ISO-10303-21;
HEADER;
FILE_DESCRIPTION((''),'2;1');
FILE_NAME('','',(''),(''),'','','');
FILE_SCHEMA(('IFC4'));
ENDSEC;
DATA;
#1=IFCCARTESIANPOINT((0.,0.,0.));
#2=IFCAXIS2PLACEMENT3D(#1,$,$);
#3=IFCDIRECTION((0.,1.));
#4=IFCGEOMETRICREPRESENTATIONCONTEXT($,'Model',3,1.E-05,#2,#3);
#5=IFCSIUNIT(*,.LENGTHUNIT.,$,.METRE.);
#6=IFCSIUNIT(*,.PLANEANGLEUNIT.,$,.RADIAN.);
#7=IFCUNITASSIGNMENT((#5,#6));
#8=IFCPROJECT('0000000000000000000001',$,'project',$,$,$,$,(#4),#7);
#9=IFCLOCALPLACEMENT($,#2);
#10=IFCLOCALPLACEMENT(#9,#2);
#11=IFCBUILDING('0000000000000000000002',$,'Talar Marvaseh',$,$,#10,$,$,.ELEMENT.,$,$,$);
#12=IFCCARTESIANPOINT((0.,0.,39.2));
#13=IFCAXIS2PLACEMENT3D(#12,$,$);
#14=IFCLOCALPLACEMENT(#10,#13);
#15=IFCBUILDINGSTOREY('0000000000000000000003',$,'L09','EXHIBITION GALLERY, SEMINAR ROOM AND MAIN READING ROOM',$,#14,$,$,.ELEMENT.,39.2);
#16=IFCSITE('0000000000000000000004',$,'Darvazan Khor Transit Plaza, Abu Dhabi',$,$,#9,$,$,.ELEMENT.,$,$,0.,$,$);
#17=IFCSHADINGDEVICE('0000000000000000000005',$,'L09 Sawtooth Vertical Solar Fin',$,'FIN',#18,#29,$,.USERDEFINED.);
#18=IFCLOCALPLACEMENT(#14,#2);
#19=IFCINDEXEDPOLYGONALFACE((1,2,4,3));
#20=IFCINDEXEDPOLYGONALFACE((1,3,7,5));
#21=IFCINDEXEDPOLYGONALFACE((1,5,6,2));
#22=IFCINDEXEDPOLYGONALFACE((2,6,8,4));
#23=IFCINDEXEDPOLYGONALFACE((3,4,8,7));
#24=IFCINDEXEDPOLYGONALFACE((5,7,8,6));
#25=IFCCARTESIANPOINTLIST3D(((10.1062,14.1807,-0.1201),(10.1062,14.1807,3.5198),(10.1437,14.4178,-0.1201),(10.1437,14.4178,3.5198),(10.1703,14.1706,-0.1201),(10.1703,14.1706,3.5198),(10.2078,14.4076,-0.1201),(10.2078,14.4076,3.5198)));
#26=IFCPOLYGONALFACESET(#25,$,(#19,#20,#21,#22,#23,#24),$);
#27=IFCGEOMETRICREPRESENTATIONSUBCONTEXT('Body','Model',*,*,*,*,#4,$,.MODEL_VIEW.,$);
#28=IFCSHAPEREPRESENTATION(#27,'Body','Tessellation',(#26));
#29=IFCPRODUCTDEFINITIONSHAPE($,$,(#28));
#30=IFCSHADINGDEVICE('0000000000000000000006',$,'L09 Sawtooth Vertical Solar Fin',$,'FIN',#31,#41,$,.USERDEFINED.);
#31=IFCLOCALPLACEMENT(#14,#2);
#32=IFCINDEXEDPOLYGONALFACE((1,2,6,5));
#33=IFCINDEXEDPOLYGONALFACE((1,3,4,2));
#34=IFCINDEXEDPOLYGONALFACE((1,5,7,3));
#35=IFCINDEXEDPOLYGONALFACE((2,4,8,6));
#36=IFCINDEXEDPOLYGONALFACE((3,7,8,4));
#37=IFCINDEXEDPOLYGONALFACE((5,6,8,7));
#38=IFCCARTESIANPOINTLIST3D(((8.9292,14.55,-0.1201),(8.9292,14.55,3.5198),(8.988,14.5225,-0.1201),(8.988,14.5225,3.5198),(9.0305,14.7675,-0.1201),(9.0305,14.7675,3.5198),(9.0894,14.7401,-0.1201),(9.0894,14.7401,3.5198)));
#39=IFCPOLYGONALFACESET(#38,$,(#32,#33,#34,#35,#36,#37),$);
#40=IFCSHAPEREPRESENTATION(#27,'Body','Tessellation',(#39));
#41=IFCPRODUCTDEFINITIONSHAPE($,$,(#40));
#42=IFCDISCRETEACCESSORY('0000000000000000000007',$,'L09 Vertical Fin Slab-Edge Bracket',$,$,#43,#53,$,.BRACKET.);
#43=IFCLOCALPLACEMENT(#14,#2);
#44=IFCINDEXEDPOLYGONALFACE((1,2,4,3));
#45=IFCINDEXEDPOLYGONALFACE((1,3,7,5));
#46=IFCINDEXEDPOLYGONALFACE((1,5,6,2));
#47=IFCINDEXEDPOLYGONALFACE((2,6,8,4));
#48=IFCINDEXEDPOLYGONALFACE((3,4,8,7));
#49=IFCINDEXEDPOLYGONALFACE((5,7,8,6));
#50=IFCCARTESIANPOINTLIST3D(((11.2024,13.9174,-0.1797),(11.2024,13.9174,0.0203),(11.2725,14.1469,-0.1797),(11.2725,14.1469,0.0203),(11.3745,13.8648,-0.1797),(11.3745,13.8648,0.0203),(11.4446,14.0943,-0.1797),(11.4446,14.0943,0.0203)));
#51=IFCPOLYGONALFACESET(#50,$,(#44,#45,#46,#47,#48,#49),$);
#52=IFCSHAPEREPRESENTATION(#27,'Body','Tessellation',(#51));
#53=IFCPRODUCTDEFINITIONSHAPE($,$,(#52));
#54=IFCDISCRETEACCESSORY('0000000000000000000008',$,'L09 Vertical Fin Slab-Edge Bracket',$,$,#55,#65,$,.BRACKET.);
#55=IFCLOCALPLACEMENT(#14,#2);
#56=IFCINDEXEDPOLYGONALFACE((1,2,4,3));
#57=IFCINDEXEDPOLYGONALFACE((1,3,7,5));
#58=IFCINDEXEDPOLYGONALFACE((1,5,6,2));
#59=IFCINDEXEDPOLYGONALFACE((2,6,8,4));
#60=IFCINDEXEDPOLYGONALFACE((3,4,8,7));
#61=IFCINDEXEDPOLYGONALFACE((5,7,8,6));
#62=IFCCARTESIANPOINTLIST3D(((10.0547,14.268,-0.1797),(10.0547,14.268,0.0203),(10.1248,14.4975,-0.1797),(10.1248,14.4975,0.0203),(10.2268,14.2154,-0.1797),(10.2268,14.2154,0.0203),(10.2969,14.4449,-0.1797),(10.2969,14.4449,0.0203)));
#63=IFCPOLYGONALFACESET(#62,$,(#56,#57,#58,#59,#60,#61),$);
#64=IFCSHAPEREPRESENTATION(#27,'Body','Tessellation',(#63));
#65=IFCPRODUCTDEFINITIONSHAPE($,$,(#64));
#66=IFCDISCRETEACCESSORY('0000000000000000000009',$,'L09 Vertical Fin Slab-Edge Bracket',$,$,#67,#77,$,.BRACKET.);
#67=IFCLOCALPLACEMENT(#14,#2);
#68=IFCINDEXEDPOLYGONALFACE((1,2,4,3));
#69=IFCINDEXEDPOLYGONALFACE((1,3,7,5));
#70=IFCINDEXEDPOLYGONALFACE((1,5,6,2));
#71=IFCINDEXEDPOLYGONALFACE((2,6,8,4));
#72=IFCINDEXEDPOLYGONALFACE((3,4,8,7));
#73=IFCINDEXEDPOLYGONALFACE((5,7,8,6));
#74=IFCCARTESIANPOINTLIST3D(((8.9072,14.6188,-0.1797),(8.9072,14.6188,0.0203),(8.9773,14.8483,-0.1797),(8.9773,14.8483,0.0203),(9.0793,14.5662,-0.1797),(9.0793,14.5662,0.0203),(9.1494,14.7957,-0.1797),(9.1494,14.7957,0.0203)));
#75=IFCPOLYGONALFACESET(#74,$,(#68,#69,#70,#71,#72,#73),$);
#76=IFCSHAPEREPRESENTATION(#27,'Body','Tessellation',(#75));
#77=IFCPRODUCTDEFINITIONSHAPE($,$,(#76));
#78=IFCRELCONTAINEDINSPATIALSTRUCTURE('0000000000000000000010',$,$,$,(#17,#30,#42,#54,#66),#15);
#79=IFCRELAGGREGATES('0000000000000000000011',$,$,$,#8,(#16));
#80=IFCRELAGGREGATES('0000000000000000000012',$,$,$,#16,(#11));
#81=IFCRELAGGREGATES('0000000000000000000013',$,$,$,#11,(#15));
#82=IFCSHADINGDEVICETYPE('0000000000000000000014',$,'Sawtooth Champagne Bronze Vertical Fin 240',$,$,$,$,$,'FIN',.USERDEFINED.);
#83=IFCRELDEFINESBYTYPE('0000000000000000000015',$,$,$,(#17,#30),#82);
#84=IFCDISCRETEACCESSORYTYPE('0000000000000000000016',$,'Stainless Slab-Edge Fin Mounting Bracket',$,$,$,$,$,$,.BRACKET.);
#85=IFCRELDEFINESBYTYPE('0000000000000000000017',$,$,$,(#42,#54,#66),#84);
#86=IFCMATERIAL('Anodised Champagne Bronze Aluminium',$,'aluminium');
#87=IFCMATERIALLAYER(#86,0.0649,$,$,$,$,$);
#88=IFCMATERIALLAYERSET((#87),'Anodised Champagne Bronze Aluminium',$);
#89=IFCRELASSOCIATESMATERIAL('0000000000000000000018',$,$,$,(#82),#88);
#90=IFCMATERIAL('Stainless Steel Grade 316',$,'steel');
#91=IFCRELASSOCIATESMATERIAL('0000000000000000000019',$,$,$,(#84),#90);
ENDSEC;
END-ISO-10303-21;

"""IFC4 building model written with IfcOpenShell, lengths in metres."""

from ifc_helpers import new_model, si_unit, direction, frame, origin, origin_2d, place, context, subcontext, project, spatial, rectangle, extrude, source, transform, mapped, material, layer, layer_set, type_object, type_shapes, element, save


model = new_model("IFC4")

# Units and contexts
model_context = context("Model", 3, precision=1e-05, world=origin(), true_north=direction((0.0, 1.0)))
body_context = subcontext(model_context, "Body", "Model", "MODEL_VIEW")
ifc_project = project(units=[si_unit("LENGTHUNIT", "METRE"), si_unit("PLANEANGLEUNIT", "RADIAN")], contexts=[model_context])

# Site, building, storey
site_placement = place(None, origin())
site = spatial("IfcSite", under=ifc_project, at=site_placement, Name="Darvazan Khor Transit Plaza, Abu Dhabi", CompositionType="ELEMENT", RefElevation=0.0)
building_placement = place(site_placement, origin())
building = spatial("IfcBuilding", under=site, at=building_placement, Name="Talar Marvaseh", CompositionType="ELEMENT")
storey_placement = place(building_placement, frame((0.0, 0.0, 39.2)))
storey = spatial("IfcBuildingStorey", under=building, at=storey_placement, Name="L09", Description="EXHIBITION GALLERY, SEMINAR ROOM AND MAIN READING ROOM", CompositionType="ELEMENT", Elevation=39.2)

# Shading devices
ifc_material_1 = material(Name="Anodised Champagne Bronze Aluminium", Category="aluminium")
ifc_layer_1 = layer(ifc_material_1, 0.0649)
ifc_layer_set_1 = layer_set([ifc_layer_1], Name="Anodised Champagne Bronze Aluminium")
shading_device_type = type_object("IfcShadingDeviceType", Name="Sawtooth Champagne Bronze Vertical Fin 240", ElementType="FIN", PredefinedType="USERDEFINED", material=ifc_layer_set_1)
shared_shape_1 = source(origin(), body_context, "Body", "SweptSolid", [
    extrude(rectangle(XDim=0.24, YDim=0.0649, at=origin_2d()), origin(), (0.0, 0.0, 1.0), 3.6399),
])
type_shapes(shading_device_type, [shared_shape_1])
for number, where, z_axis, x_axis, name in (
    (1, (10.157, 14.2942, -0.1201), (0.0, 0.0, 1.0), (-0.156262, -0.987716, 0.0), "L09 Sawtooth Vertical Solar Fin"),
    (2, (9.0093, 14.645, -0.1201), (0.0, 0.0, 1.0), (-0.42246, -0.906382, 0.0), "L09 Sawtooth Vertical Solar Fin"),
):
    element("IfcShadingDevice", number, at=place(storey_placement, frame(where, z_axis=z_axis, x_axis=x_axis)), inside=storey, type_object=shading_device_type, Name=name, ObjectType="FIN", PredefinedType="USERDEFINED", context=body_context, shape_type="MappedRepresentation", body=[
        mapped(shared_shape_1, transform((0.0, 0.0, 0.0), x_axis=(1.0, 0.0, 0.0), y_axis=(0.0, 1.0, 0.0), z_axis=(0.0, 0.0, 1.0), scale=1.0)),
    ])

# Discrete accessories
ifc_material_2 = material(Name="Stainless Steel Grade 316", Category="steel")
discrete_accessory_type = type_object("IfcDiscreteAccessoryType", Name="Stainless Slab-Edge Fin Mounting Bracket", PredefinedType="BRACKET", material=ifc_material_2)
shared_shape_2 = source(origin(), body_context, "Body", "SweptSolid", [
    extrude(rectangle(XDim=0.24, YDim=0.1799, at=origin_2d()), origin(), (0.0, 0.0, 1.0), 0.2),
])
type_shapes(discrete_accessory_type, [shared_shape_2])
for number, where, z_axis, x_axis, name in (
    (3, (11.3235, 14.0059, -0.1797), (0.0, 0.0, 1.0), (-0.292205, -0.956356, 0.0), "L09 Vertical Fin Slab-Edge Bracket"),
    (4, (10.1758, 14.3564, -0.1797), (0.0, 0.0, 1.0), (-0.292205, -0.956356, 0.0), "L09 Vertical Fin Slab-Edge Bracket"),
    (5, (9.0283, 14.7073, -0.1797), (0.0, 0.0, 1.0), (-0.292205, -0.956356, 0.0), "L09 Vertical Fin Slab-Edge Bracket"),
):
    element("IfcDiscreteAccessory", number, at=place(storey_placement, frame(where, z_axis=z_axis, x_axis=x_axis)), inside=storey, type_object=discrete_accessory_type, Name=name, PredefinedType="BRACKET", context=body_context, shape_type="MappedRepresentation", body=[
        mapped(shared_shape_2, transform((0.0, 0.0, 0.0), x_axis=(1.0, 0.0, 0.0), y_axis=(0.0, 1.0, 0.0), z_axis=(0.0, 0.0, 1.0), scale=1.0)),
    ])

save(model, "model.ifc")
